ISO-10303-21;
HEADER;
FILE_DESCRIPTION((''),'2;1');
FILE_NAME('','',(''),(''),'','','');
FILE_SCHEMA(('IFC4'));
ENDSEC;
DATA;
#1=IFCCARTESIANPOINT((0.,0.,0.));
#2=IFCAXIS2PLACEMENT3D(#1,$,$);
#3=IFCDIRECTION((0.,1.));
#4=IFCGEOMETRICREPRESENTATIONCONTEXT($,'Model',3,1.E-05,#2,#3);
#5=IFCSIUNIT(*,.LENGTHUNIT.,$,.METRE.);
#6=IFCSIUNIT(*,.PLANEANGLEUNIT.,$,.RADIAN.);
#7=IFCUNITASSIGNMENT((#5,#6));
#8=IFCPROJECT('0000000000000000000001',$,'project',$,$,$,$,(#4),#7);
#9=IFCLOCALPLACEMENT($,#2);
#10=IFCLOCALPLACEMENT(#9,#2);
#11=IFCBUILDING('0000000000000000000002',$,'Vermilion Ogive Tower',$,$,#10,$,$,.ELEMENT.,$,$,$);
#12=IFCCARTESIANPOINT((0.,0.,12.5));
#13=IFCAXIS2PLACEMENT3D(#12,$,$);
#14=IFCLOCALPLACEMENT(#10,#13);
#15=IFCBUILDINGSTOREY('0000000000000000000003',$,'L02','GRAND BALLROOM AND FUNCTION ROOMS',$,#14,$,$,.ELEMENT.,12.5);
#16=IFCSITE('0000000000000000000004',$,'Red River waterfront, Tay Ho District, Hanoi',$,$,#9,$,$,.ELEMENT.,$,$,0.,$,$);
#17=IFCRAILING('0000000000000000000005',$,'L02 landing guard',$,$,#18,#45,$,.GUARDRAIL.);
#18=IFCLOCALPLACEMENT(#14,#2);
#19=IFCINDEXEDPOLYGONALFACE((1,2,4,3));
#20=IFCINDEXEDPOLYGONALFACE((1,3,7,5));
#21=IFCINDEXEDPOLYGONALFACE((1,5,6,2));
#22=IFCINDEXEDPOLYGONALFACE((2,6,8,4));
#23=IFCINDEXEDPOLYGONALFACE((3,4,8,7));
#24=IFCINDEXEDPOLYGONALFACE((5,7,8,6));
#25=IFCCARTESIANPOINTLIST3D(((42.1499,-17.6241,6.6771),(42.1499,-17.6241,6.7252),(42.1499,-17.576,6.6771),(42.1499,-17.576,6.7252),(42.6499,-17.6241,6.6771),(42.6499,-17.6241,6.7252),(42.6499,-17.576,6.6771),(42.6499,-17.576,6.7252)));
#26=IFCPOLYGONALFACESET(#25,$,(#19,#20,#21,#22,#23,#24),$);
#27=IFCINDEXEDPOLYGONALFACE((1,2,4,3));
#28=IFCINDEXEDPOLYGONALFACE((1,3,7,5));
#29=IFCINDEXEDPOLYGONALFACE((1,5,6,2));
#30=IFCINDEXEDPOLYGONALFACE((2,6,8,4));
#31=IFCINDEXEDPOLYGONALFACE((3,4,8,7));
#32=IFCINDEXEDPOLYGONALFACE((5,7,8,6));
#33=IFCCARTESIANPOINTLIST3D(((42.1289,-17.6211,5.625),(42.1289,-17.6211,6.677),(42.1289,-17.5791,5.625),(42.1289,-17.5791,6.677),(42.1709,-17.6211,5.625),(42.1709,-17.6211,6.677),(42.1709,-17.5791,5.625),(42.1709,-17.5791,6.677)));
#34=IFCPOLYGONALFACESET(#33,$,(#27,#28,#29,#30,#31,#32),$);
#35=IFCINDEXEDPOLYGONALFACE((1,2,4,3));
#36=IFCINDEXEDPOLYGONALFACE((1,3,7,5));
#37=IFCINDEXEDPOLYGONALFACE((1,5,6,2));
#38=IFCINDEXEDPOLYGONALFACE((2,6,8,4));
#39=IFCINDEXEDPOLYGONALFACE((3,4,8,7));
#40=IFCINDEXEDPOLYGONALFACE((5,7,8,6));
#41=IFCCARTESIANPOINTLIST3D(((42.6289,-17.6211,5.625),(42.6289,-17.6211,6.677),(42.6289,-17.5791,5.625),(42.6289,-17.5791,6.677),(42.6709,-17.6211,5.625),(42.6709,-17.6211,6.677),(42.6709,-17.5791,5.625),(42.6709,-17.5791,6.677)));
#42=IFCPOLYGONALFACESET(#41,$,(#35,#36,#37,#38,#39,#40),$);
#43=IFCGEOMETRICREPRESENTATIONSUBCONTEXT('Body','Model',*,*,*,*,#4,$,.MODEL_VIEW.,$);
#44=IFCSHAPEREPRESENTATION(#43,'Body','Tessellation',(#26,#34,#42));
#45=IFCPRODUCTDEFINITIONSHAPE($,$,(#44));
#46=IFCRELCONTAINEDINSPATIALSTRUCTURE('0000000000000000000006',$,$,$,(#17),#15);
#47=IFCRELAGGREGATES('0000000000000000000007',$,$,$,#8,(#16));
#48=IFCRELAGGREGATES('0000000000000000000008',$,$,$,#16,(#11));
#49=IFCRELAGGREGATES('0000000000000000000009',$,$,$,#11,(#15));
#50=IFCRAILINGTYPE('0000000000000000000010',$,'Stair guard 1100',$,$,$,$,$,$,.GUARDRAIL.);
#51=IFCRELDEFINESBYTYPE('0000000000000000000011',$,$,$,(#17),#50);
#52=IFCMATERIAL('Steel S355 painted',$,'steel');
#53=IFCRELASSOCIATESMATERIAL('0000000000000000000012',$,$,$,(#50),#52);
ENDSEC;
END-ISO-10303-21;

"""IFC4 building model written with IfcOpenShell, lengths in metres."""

from ifc_helpers import new_model, si_unit, direction, frame, origin, origin_2d, place, context, subcontext, project, spatial, rectangle, extrude, material, type_object, element, save


model = new_model("IFC4")

# Units and contexts
model_context = context("Model", 3, precision=1e-05, world=origin(), true_north=direction((0.0, 1.0)))
body_context = subcontext(model_context, "Body", "Model", "MODEL_VIEW")
ifc_project = project(units=[si_unit("LENGTHUNIT", "METRE"), si_unit("PLANEANGLEUNIT", "RADIAN")], contexts=[model_context])

# Site, building, storey
site_placement = place(None, origin())
site = spatial("IfcSite", under=ifc_project, at=site_placement, Name="Red River waterfront, Tay Ho District, Hanoi", CompositionType="ELEMENT", RefElevation=0.0)
building_placement = place(site_placement, origin())
building = spatial("IfcBuilding", under=site, at=building_placement, Name="Vermilion Ogive Tower", CompositionType="ELEMENT")
storey_placement = place(building_placement, frame((0.0, 0.0, 12.5)))
storey = spatial("IfcBuildingStorey", under=building, at=storey_placement, Name="L02", Description="GRAND BALLROOM AND FUNCTION ROOMS", CompositionType="ELEMENT", Elevation=12.5)

# Railing
ifc_material_1 = material(Name="Steel S355 painted", Category="steel")
railing_type = type_object("IfcRailingType", Name="Stair guard 1100", PredefinedType="GUARDRAIL", material=ifc_material_1)
railing_1_placement = place(storey_placement, frame((42.1499, -17.6001, 5.625)))
element("IfcRailing", 1, at=railing_1_placement, inside=storey, type_object=railing_type, Name="L02 landing guard", PredefinedType="GUARDRAIL", context=body_context, shape_type="SweptSolid", body=[
    extrude(rectangle(XDim=0.0481, YDim=0.0481, at=origin_2d()), frame((0.0, 0.0, 1.0762), z_axis=(1.0, 0.0, 0.0), x_axis=(0.0, 1.0, 0.0)), (0.0, 0.0, 1.0), 0.5),
    extrude(rectangle(XDim=0.042, YDim=0.042, at=origin_2d()), origin(), (0.0, 0.0, 1.0), 1.052),
    extrude(rectangle(XDim=0.042, YDim=0.042, at=origin_2d()), frame((0.5, 0.0, 0.0)), (0.0, 0.0, 1.0), 1.052),
])

save(model, "model.ifc")
